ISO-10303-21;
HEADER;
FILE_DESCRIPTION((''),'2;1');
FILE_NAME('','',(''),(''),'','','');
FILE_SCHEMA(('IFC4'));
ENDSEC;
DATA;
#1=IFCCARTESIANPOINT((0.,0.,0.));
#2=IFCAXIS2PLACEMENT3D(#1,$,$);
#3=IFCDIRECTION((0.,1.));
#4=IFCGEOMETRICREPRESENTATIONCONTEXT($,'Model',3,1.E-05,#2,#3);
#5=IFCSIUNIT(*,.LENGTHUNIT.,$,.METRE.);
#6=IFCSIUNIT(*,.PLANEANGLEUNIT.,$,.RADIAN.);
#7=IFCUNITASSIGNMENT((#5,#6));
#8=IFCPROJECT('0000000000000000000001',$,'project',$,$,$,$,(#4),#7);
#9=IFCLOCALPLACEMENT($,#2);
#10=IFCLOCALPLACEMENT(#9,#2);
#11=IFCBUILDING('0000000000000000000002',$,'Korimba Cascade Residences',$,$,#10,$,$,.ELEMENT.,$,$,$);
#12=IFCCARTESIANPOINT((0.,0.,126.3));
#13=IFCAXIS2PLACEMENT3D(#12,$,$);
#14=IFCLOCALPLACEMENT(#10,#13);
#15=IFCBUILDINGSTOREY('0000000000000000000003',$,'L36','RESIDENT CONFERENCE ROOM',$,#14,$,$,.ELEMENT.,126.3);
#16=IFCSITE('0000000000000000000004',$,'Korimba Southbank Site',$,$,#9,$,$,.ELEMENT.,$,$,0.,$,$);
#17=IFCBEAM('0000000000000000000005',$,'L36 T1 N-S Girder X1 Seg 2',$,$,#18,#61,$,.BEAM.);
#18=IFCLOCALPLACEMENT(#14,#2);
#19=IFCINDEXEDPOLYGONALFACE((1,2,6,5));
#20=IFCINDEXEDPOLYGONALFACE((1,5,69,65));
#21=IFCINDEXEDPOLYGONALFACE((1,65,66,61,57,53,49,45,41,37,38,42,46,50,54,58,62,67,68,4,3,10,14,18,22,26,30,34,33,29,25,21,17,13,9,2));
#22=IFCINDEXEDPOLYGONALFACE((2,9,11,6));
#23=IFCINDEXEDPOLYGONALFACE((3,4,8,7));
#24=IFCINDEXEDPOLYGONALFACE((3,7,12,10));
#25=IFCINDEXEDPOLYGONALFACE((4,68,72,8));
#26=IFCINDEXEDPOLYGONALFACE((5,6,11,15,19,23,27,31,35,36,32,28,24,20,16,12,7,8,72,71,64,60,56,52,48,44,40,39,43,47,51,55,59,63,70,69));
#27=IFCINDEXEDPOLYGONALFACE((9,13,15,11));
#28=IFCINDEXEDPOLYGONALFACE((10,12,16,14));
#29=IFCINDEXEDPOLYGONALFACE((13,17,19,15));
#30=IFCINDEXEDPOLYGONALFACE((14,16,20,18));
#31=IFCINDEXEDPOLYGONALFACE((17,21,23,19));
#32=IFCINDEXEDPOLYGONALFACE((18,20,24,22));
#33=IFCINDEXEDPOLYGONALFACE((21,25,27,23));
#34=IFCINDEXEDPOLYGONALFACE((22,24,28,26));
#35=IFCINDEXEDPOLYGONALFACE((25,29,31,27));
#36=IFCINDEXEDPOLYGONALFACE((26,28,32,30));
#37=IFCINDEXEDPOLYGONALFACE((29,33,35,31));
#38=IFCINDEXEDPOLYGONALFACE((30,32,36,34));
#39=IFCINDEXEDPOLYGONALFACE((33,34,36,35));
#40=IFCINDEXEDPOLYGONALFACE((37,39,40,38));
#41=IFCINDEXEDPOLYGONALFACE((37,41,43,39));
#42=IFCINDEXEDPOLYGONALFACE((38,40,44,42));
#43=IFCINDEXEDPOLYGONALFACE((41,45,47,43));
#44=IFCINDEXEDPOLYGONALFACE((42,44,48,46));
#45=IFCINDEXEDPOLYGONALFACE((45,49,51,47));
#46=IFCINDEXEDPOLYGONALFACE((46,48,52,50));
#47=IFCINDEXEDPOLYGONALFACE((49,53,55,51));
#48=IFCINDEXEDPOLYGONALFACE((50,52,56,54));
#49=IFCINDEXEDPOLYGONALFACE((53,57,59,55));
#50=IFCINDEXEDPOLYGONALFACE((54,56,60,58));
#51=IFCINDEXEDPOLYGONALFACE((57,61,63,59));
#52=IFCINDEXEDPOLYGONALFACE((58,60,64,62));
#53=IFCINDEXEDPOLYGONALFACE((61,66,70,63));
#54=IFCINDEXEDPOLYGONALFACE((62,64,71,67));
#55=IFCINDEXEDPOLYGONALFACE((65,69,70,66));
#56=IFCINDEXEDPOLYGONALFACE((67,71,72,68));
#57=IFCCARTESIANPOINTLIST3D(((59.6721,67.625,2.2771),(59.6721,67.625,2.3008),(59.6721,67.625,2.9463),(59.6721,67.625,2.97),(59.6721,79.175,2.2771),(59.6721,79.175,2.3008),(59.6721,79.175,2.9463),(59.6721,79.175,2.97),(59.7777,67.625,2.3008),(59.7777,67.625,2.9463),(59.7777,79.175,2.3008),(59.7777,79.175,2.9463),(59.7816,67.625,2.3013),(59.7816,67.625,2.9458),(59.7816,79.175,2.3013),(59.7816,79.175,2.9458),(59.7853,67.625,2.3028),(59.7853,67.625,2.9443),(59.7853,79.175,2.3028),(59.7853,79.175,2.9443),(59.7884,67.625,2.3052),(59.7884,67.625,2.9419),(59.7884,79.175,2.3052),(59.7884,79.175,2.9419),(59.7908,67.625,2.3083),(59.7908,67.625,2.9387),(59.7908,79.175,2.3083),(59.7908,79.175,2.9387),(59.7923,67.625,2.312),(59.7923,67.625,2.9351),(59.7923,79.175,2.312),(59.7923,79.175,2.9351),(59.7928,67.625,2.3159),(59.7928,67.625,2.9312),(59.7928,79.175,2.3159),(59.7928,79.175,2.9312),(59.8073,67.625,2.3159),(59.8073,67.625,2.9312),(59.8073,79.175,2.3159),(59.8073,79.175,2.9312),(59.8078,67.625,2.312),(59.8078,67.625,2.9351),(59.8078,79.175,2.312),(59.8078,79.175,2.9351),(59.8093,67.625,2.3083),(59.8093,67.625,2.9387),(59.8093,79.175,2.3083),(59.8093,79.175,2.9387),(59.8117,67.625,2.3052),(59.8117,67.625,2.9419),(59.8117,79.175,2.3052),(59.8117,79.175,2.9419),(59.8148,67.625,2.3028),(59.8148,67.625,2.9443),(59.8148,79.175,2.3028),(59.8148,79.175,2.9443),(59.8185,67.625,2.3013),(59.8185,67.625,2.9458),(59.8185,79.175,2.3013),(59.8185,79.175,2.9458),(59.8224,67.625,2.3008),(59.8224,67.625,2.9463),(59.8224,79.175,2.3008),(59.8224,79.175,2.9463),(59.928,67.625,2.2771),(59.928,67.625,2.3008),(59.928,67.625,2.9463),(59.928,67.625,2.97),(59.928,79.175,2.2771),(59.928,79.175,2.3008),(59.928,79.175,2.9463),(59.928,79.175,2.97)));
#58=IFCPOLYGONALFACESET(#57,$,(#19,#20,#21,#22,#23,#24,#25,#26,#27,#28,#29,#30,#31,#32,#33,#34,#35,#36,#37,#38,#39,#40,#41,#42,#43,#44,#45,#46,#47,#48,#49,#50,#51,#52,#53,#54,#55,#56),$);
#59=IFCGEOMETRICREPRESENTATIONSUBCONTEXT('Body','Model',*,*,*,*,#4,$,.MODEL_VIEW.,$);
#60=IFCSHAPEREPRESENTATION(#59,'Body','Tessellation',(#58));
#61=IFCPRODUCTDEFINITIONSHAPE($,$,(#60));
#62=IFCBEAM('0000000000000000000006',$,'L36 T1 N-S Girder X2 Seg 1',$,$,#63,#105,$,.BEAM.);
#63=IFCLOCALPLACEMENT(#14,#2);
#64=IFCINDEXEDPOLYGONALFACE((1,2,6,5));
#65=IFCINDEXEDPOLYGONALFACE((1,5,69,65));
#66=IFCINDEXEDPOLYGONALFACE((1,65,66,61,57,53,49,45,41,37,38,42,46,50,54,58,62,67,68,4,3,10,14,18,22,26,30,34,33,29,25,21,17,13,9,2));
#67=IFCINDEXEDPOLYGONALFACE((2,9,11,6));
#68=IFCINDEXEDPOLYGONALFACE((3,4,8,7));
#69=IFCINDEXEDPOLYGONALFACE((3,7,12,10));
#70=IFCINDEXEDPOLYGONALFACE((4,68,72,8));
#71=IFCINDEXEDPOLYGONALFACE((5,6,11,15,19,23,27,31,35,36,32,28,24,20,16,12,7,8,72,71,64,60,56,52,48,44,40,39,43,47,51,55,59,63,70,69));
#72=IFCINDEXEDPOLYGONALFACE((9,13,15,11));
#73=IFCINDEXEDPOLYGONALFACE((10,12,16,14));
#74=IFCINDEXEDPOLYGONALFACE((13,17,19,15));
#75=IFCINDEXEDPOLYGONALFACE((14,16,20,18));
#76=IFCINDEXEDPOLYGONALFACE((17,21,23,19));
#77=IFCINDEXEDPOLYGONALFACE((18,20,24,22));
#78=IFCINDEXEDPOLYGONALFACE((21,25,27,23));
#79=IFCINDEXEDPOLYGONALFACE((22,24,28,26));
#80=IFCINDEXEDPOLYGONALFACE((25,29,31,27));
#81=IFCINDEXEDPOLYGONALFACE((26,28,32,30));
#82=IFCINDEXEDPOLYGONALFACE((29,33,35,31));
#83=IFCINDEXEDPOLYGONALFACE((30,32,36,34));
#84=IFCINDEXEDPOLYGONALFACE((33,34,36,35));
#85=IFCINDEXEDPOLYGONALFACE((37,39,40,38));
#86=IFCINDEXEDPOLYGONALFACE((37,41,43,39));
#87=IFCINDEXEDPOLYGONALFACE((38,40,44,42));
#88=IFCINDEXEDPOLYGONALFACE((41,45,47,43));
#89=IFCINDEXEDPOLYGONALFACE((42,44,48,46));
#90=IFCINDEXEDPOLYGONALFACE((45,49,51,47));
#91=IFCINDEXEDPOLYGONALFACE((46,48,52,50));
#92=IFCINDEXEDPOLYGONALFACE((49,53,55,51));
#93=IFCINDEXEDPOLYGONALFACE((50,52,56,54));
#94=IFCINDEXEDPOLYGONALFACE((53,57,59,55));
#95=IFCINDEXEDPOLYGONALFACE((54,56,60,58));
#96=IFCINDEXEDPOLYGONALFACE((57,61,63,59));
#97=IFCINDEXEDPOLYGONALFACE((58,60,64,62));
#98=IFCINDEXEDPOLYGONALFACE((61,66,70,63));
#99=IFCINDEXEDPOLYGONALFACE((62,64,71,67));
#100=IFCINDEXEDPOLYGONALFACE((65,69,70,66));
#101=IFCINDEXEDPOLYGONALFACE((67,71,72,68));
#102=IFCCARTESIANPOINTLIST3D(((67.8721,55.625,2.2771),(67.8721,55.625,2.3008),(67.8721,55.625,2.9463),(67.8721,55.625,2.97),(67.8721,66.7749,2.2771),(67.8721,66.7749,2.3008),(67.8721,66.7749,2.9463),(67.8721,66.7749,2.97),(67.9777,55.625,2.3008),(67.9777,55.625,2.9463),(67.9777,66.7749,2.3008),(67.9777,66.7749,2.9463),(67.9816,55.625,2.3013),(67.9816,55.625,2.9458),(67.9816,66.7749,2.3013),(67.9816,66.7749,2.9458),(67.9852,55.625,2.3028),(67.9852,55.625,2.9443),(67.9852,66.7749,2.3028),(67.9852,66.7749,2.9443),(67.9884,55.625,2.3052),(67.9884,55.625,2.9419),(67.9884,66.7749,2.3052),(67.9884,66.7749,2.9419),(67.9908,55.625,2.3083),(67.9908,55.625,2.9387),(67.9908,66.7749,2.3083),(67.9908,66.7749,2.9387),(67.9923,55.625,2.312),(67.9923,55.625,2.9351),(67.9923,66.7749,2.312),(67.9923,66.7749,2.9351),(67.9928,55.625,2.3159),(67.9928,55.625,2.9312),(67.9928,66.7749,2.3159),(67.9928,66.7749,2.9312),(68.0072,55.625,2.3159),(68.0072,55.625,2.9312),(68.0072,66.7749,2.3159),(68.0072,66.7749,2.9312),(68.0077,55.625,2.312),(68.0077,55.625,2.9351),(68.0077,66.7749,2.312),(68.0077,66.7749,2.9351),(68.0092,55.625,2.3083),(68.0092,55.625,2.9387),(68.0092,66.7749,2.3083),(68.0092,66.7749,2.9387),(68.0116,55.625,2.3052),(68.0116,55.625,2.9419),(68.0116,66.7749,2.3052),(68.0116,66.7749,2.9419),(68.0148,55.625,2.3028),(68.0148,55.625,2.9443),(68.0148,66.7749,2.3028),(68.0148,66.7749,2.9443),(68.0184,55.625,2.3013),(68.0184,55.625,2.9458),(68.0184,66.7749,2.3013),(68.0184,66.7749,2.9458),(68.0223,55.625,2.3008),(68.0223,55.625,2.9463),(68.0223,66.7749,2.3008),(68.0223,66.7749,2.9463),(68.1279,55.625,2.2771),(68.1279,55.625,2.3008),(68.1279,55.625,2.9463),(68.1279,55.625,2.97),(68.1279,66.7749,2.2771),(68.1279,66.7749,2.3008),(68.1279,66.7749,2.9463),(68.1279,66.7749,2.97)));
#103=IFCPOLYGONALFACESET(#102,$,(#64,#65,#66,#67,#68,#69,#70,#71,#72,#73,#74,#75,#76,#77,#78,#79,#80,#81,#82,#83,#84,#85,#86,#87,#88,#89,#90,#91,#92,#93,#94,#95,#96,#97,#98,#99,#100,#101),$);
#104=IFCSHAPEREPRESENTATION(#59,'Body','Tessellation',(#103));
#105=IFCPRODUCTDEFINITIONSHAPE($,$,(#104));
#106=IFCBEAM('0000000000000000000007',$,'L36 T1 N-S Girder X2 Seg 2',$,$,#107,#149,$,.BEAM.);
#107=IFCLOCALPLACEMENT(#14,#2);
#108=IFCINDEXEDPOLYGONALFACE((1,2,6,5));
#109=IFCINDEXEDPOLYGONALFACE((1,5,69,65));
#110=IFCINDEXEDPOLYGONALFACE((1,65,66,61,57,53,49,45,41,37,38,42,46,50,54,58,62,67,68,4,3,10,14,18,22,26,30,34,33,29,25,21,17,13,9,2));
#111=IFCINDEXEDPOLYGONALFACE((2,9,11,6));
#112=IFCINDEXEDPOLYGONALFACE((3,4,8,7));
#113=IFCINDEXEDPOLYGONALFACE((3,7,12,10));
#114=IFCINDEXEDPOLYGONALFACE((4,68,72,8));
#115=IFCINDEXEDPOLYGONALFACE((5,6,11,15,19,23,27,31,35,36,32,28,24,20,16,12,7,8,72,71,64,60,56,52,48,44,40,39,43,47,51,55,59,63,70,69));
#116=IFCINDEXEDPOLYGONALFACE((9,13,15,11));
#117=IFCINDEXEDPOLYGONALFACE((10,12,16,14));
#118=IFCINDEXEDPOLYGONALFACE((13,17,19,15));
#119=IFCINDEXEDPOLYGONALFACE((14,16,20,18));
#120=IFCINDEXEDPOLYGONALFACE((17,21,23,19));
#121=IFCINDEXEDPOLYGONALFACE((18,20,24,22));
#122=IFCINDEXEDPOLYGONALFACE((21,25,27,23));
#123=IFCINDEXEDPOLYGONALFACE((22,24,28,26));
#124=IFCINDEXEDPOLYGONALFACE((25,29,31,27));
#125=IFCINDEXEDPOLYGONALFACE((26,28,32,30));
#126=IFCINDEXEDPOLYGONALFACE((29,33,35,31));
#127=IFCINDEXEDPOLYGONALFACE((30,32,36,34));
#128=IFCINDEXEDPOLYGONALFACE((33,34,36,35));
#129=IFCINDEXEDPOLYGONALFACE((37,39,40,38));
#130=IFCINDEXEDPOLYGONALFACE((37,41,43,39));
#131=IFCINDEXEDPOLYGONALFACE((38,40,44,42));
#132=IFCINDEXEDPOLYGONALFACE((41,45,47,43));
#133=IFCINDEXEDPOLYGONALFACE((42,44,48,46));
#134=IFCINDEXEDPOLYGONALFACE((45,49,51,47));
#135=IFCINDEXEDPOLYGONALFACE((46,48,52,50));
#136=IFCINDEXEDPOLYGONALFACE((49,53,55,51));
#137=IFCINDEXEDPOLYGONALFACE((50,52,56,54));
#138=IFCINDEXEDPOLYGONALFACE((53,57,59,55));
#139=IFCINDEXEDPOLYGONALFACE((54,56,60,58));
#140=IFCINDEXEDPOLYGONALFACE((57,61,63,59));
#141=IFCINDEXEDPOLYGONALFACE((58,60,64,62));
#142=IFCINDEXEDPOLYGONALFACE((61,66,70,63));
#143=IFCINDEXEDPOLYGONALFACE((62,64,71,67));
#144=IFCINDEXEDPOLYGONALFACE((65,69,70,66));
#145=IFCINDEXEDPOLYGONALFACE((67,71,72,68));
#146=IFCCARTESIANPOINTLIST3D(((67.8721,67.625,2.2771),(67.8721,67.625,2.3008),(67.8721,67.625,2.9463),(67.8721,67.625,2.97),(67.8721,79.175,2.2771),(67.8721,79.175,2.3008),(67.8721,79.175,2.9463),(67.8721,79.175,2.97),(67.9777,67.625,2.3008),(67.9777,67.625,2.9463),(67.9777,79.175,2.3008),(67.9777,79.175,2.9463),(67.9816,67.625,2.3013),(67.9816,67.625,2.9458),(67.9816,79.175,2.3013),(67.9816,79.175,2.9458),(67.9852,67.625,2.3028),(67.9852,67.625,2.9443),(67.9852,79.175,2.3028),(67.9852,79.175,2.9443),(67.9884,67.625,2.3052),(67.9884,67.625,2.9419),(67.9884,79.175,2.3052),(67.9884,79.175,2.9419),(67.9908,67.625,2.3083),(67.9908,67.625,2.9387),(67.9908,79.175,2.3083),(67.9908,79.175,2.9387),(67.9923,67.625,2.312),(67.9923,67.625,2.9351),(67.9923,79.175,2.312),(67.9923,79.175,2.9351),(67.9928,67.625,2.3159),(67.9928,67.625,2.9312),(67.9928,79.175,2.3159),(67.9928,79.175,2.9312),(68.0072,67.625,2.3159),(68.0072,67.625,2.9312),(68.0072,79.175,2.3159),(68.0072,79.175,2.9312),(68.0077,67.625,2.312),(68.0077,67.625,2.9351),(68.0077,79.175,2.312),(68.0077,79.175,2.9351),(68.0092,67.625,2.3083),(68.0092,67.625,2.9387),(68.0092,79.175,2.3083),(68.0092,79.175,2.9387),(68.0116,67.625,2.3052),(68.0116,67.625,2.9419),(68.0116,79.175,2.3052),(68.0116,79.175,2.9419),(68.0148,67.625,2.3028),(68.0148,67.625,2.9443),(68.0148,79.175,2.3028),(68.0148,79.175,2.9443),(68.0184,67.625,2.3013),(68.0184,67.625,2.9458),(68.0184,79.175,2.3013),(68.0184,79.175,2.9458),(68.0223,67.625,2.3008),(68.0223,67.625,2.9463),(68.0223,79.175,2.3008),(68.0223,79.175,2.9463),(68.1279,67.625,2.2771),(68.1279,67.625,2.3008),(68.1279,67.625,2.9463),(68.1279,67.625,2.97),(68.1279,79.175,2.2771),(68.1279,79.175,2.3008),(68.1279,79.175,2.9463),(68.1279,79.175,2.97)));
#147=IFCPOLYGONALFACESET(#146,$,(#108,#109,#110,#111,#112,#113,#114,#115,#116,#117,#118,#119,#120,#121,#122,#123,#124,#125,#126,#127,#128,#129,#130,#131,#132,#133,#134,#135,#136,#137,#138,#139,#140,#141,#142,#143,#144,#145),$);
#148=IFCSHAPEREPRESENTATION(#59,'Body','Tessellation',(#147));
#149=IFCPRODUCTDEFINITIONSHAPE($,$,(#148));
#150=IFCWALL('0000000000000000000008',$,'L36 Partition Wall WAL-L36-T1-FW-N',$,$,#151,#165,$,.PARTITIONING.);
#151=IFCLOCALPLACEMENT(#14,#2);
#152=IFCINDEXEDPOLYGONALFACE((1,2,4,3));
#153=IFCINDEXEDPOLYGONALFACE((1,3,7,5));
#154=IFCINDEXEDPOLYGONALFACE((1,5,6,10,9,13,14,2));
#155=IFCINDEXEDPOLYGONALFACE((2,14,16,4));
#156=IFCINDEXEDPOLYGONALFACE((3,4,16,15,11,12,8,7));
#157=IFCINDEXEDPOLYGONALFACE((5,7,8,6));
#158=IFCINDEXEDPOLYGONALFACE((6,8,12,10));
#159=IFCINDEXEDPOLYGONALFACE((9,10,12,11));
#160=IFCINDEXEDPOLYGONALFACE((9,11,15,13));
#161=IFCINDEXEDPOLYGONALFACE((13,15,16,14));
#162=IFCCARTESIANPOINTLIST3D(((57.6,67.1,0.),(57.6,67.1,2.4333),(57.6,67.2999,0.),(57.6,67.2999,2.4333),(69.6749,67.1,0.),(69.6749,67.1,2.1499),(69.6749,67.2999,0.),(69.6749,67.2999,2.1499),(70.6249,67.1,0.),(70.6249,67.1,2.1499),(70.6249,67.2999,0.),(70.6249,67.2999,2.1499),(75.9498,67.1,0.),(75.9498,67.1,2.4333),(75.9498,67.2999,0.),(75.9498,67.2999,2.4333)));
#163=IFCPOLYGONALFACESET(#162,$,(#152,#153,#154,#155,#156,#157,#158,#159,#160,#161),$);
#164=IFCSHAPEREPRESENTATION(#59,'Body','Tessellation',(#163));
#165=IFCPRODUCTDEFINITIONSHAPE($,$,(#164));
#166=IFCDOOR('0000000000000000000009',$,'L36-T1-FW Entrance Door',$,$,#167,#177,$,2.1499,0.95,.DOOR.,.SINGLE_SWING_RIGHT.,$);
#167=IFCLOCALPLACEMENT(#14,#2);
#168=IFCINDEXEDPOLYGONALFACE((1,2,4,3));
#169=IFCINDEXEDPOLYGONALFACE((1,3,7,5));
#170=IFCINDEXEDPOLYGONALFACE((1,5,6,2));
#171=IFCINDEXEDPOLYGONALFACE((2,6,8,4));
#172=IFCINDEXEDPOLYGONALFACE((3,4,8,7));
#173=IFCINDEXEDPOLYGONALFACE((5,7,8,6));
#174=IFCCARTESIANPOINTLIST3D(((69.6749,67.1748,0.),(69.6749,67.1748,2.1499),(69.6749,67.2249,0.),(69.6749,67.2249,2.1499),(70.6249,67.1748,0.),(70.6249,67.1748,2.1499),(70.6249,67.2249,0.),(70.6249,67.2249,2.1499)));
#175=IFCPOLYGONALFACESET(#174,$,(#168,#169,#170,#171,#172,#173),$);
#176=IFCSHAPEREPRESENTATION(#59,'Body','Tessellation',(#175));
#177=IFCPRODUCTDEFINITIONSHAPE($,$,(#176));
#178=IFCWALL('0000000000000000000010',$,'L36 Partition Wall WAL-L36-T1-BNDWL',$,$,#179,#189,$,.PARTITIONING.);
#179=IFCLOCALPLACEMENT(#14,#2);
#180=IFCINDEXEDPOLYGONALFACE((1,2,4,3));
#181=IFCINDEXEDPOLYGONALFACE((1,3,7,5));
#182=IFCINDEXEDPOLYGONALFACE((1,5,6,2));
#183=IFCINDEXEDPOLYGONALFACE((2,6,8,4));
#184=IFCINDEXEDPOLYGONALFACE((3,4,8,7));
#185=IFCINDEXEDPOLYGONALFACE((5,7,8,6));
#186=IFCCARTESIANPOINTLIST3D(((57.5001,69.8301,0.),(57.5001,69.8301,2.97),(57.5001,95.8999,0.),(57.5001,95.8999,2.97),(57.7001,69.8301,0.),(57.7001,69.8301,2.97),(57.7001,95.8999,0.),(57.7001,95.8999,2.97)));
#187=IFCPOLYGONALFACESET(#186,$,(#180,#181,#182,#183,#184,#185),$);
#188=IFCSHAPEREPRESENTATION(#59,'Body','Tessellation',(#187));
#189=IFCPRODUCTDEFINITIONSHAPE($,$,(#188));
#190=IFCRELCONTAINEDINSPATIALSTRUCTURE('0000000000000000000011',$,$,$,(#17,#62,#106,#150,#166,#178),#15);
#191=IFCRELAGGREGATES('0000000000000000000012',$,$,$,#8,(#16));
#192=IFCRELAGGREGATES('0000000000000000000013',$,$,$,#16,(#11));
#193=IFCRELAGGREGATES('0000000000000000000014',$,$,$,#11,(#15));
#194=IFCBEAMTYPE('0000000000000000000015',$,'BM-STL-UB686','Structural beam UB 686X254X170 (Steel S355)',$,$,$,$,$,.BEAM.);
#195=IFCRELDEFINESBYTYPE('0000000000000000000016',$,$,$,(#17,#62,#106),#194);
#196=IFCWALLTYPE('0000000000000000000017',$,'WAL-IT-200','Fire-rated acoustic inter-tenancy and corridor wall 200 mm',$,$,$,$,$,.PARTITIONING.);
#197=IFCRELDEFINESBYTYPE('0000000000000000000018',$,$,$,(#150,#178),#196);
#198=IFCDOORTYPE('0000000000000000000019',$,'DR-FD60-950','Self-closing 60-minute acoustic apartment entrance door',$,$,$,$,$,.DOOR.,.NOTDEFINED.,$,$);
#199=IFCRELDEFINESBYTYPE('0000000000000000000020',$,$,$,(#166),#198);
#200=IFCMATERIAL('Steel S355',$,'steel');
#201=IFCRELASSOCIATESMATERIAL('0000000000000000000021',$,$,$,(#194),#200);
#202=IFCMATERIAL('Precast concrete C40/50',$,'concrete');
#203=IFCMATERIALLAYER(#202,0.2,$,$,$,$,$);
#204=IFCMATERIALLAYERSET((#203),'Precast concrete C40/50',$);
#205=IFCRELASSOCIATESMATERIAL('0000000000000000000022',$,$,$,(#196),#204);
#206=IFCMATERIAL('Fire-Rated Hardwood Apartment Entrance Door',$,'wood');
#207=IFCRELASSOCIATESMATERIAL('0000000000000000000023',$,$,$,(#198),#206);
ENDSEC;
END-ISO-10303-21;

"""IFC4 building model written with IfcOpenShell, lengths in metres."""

from ifc_helpers import new_model, si_unit, direction, frame, frame_2d, origin, origin_2d, place, context, subcontext, project, spatial, rectangle, i_section, extrude, material, layer, layer_set, material_profile, profile_set, type_object, element, fill, save


model = new_model("IFC4")

# Units and contexts
model_context = context("Model", 3, precision=1e-05, world=origin(), true_north=direction((0.0, 1.0)))
body_context = subcontext(model_context, "Body", "Model", "MODEL_VIEW")
ifc_project = project(units=[si_unit("LENGTHUNIT", "METRE"), si_unit("PLANEANGLEUNIT", "RADIAN")], contexts=[model_context])

# Site, building, storey
site_placement = place(None, origin())
site = spatial("IfcSite", under=ifc_project, at=site_placement, Name="Korimba Southbank Site", CompositionType="ELEMENT", RefElevation=0.0)
building_placement = place(site_placement, origin())
building = spatial("IfcBuilding", under=site, at=building_placement, Name="Korimba Cascade Residences", CompositionType="ELEMENT")
storey_placement = place(building_placement, frame((0.0, 0.0, 126.3)))
storey = spatial("IfcBuildingStorey", under=building, at=storey_placement, Name="L36", Description="RESIDENT CONFERENCE ROOM", CompositionType="ELEMENT", Elevation=126.3)

# Beams
ifc_material_1 = material(Name="Steel S355", Category="steel")
ifc_material_profile_1 = material_profile(ifc_material_1, i_section(OverallWidth=0.2559, OverallDepth=0.6929, WebThickness=0.0144, FlangeThickness=0.0237, FilletRadius=0.0151, at=origin_2d()), Name="Steel S355")
ifc_profile_set_1 = profile_set([ifc_material_profile_1], Name="Steel S355")
beam_type_1 = type_object("IfcBeamType", Name="BM-STL-UB686", Description="Structural beam UB 686X254X170 (Steel S355)", PredefinedType="BEAM", material=ifc_profile_set_1)
beam_1_placement = place(storey_placement, frame((59.8, 67.625, 2.6235), z_axis=(0.0, 1.0, 0.0), x_axis=(-1.0, 0.0, 0.0)))
element("IfcBeam", 1, at=beam_1_placement, inside=storey, type_object=beam_type_1, Name="L36 T1 N-S Girder X1 Seg 2", PredefinedType="BEAM", context=body_context, shape_type="SweptSolid", body=[
    extrude(i_section(OverallWidth=0.2559, OverallDepth=0.6929, WebThickness=0.0144, FlangeThickness=0.0237, FilletRadius=0.0151, at=origin_2d()), origin(), (0.0, 0.0, 1.0), 11.55),
])
beam_2_placement = place(storey_placement, frame((68.0, 55.625, 2.6235), z_axis=(0.0, 1.0, 0.0), x_axis=(-1.0, 0.0, 0.0)))
element("IfcBeam", 2, at=beam_2_placement, inside=storey, type_object=beam_type_1, Name="L36 T1 N-S Girder X2 Seg 1", PredefinedType="BEAM", context=body_context, shape_type="SweptSolid", body=[
    extrude(i_section(OverallWidth=0.2559, OverallDepth=0.6929, WebThickness=0.0144, FlangeThickness=0.0237, FilletRadius=0.0151, at=origin_2d()), origin(), (0.0, 0.0, 1.0), 11.1499),
])
beam_3_placement = place(storey_placement, frame((68.0, 67.625, 2.6235), z_axis=(0.0, 1.0, 0.0), x_axis=(-1.0, 0.0, 0.0)))
element("IfcBeam", 3, at=beam_3_placement, inside=storey, type_object=beam_type_1, Name="L36 T1 N-S Girder X2 Seg 2", PredefinedType="BEAM", context=body_context, shape_type="SweptSolid", body=[
    extrude(i_section(OverallWidth=0.2559, OverallDepth=0.6929, WebThickness=0.0144, FlangeThickness=0.0237, FilletRadius=0.0151, at=origin_2d()), origin(), (0.0, 0.0, 1.0), 11.55),
])

# Wall, opening, door
ifc_material_2 = material(Name="Precast concrete C40/50", Category="concrete")
ifc_layer_1 = layer(ifc_material_2, 0.2)
ifc_layer_set_1 = layer_set([ifc_layer_1], Name="Precast concrete C40/50")
wall_type_1 = type_object("IfcWallType", Name="WAL-IT-200", Description="Fire-rated acoustic inter-tenancy and corridor wall 200 mm", PredefinedType="PARTITIONING", material=ifc_layer_set_1)
wall_1_placement = place(storey_placement, frame((57.6001, 67.2, 0.0), z_axis=(0.0, 0.0, 1.0), x_axis=(1.0, 0.0, 0.0)))
wall_1 = element("IfcWall", 4, at=wall_1_placement, inside=storey, type_object=wall_type_1, Name="L36 Partition Wall WAL-L36-T1-FW-N", PredefinedType="PARTITIONING", context=body_context, shape_type="SweptSolid", body=[
    extrude(rectangle(XDim=18.3499, YDim=0.2, at=frame_2d((9.1748, 0.0))), origin(), (0.0, 0.0, 1.0), 2.4333),
])
opening_1_placement = place(wall_1_placement, frame((12.0747, 0.0, 0.0)))
opening_1 = element("IfcOpeningElement", 5, at=opening_1_placement, cuts=wall_1, PredefinedType="OPENING", context=body_context, shape_type="SweptSolid", body=[
    extrude(rectangle(XDim=0.95, YDim=2.1499, at=frame_2d((0.4751, 1.075))), frame((0.0, 0.1099, 0.0), z_axis=(0.0, -1.0, 0.0), x_axis=(1.0, 0.0, 0.0)), (0.0, 0.0, 1.0), 0.22),
])
ifc_material_3 = material(Name="Fire-Rated Hardwood Apartment Entrance Door", Category="wood")
door_type_1 = type_object("IfcDoorType", Name="DR-FD60-950", Description="Self-closing 60-minute acoustic apartment entrance door", OperationType="NOTDEFINED", PredefinedType="DOOR", material=ifc_material_3)
door_1_placement = place(opening_1_placement, origin())
door_1 = element("IfcDoor", 6, at=door_1_placement, inside=storey, type_object=door_type_1, Name="L36-T1-FW Entrance Door", OperationType="SINGLE_SWING_RIGHT", OverallHeight=2.1499, OverallWidth=0.95, PredefinedType="DOOR", context=body_context, shape_type="SweptSolid", body=[
    extrude(rectangle(XDim=0.95, YDim=2.1499, at=frame_2d((0.4751, 1.075))), frame((0.0, 0.0249, 0.0), z_axis=(0.0, -1.0, 0.0), x_axis=(1.0, 0.0, 0.0)), (0.0, 0.0, 1.0), 0.05),
])
fill(opening_1, door_1)

# Wall
wall_2_placement = place(storey_placement, frame((57.6001, 69.8301, 0.0), z_axis=(0.0, 0.0, 1.0), x_axis=(0.0, 1.0, 0.0)))
element("IfcWall", 7, at=wall_2_placement, inside=storey, type_object=wall_type_1, Name="L36 Partition Wall WAL-L36-T1-BNDWL", PredefinedType="PARTITIONING", context=body_context, shape_type="SweptSolid", body=[
    extrude(rectangle(XDim=26.0698, YDim=0.2, at=frame_2d((13.0349, 0.0))), origin(), (0.0, 0.0, 1.0), 2.97),
])

save(model, "model.ifc")
